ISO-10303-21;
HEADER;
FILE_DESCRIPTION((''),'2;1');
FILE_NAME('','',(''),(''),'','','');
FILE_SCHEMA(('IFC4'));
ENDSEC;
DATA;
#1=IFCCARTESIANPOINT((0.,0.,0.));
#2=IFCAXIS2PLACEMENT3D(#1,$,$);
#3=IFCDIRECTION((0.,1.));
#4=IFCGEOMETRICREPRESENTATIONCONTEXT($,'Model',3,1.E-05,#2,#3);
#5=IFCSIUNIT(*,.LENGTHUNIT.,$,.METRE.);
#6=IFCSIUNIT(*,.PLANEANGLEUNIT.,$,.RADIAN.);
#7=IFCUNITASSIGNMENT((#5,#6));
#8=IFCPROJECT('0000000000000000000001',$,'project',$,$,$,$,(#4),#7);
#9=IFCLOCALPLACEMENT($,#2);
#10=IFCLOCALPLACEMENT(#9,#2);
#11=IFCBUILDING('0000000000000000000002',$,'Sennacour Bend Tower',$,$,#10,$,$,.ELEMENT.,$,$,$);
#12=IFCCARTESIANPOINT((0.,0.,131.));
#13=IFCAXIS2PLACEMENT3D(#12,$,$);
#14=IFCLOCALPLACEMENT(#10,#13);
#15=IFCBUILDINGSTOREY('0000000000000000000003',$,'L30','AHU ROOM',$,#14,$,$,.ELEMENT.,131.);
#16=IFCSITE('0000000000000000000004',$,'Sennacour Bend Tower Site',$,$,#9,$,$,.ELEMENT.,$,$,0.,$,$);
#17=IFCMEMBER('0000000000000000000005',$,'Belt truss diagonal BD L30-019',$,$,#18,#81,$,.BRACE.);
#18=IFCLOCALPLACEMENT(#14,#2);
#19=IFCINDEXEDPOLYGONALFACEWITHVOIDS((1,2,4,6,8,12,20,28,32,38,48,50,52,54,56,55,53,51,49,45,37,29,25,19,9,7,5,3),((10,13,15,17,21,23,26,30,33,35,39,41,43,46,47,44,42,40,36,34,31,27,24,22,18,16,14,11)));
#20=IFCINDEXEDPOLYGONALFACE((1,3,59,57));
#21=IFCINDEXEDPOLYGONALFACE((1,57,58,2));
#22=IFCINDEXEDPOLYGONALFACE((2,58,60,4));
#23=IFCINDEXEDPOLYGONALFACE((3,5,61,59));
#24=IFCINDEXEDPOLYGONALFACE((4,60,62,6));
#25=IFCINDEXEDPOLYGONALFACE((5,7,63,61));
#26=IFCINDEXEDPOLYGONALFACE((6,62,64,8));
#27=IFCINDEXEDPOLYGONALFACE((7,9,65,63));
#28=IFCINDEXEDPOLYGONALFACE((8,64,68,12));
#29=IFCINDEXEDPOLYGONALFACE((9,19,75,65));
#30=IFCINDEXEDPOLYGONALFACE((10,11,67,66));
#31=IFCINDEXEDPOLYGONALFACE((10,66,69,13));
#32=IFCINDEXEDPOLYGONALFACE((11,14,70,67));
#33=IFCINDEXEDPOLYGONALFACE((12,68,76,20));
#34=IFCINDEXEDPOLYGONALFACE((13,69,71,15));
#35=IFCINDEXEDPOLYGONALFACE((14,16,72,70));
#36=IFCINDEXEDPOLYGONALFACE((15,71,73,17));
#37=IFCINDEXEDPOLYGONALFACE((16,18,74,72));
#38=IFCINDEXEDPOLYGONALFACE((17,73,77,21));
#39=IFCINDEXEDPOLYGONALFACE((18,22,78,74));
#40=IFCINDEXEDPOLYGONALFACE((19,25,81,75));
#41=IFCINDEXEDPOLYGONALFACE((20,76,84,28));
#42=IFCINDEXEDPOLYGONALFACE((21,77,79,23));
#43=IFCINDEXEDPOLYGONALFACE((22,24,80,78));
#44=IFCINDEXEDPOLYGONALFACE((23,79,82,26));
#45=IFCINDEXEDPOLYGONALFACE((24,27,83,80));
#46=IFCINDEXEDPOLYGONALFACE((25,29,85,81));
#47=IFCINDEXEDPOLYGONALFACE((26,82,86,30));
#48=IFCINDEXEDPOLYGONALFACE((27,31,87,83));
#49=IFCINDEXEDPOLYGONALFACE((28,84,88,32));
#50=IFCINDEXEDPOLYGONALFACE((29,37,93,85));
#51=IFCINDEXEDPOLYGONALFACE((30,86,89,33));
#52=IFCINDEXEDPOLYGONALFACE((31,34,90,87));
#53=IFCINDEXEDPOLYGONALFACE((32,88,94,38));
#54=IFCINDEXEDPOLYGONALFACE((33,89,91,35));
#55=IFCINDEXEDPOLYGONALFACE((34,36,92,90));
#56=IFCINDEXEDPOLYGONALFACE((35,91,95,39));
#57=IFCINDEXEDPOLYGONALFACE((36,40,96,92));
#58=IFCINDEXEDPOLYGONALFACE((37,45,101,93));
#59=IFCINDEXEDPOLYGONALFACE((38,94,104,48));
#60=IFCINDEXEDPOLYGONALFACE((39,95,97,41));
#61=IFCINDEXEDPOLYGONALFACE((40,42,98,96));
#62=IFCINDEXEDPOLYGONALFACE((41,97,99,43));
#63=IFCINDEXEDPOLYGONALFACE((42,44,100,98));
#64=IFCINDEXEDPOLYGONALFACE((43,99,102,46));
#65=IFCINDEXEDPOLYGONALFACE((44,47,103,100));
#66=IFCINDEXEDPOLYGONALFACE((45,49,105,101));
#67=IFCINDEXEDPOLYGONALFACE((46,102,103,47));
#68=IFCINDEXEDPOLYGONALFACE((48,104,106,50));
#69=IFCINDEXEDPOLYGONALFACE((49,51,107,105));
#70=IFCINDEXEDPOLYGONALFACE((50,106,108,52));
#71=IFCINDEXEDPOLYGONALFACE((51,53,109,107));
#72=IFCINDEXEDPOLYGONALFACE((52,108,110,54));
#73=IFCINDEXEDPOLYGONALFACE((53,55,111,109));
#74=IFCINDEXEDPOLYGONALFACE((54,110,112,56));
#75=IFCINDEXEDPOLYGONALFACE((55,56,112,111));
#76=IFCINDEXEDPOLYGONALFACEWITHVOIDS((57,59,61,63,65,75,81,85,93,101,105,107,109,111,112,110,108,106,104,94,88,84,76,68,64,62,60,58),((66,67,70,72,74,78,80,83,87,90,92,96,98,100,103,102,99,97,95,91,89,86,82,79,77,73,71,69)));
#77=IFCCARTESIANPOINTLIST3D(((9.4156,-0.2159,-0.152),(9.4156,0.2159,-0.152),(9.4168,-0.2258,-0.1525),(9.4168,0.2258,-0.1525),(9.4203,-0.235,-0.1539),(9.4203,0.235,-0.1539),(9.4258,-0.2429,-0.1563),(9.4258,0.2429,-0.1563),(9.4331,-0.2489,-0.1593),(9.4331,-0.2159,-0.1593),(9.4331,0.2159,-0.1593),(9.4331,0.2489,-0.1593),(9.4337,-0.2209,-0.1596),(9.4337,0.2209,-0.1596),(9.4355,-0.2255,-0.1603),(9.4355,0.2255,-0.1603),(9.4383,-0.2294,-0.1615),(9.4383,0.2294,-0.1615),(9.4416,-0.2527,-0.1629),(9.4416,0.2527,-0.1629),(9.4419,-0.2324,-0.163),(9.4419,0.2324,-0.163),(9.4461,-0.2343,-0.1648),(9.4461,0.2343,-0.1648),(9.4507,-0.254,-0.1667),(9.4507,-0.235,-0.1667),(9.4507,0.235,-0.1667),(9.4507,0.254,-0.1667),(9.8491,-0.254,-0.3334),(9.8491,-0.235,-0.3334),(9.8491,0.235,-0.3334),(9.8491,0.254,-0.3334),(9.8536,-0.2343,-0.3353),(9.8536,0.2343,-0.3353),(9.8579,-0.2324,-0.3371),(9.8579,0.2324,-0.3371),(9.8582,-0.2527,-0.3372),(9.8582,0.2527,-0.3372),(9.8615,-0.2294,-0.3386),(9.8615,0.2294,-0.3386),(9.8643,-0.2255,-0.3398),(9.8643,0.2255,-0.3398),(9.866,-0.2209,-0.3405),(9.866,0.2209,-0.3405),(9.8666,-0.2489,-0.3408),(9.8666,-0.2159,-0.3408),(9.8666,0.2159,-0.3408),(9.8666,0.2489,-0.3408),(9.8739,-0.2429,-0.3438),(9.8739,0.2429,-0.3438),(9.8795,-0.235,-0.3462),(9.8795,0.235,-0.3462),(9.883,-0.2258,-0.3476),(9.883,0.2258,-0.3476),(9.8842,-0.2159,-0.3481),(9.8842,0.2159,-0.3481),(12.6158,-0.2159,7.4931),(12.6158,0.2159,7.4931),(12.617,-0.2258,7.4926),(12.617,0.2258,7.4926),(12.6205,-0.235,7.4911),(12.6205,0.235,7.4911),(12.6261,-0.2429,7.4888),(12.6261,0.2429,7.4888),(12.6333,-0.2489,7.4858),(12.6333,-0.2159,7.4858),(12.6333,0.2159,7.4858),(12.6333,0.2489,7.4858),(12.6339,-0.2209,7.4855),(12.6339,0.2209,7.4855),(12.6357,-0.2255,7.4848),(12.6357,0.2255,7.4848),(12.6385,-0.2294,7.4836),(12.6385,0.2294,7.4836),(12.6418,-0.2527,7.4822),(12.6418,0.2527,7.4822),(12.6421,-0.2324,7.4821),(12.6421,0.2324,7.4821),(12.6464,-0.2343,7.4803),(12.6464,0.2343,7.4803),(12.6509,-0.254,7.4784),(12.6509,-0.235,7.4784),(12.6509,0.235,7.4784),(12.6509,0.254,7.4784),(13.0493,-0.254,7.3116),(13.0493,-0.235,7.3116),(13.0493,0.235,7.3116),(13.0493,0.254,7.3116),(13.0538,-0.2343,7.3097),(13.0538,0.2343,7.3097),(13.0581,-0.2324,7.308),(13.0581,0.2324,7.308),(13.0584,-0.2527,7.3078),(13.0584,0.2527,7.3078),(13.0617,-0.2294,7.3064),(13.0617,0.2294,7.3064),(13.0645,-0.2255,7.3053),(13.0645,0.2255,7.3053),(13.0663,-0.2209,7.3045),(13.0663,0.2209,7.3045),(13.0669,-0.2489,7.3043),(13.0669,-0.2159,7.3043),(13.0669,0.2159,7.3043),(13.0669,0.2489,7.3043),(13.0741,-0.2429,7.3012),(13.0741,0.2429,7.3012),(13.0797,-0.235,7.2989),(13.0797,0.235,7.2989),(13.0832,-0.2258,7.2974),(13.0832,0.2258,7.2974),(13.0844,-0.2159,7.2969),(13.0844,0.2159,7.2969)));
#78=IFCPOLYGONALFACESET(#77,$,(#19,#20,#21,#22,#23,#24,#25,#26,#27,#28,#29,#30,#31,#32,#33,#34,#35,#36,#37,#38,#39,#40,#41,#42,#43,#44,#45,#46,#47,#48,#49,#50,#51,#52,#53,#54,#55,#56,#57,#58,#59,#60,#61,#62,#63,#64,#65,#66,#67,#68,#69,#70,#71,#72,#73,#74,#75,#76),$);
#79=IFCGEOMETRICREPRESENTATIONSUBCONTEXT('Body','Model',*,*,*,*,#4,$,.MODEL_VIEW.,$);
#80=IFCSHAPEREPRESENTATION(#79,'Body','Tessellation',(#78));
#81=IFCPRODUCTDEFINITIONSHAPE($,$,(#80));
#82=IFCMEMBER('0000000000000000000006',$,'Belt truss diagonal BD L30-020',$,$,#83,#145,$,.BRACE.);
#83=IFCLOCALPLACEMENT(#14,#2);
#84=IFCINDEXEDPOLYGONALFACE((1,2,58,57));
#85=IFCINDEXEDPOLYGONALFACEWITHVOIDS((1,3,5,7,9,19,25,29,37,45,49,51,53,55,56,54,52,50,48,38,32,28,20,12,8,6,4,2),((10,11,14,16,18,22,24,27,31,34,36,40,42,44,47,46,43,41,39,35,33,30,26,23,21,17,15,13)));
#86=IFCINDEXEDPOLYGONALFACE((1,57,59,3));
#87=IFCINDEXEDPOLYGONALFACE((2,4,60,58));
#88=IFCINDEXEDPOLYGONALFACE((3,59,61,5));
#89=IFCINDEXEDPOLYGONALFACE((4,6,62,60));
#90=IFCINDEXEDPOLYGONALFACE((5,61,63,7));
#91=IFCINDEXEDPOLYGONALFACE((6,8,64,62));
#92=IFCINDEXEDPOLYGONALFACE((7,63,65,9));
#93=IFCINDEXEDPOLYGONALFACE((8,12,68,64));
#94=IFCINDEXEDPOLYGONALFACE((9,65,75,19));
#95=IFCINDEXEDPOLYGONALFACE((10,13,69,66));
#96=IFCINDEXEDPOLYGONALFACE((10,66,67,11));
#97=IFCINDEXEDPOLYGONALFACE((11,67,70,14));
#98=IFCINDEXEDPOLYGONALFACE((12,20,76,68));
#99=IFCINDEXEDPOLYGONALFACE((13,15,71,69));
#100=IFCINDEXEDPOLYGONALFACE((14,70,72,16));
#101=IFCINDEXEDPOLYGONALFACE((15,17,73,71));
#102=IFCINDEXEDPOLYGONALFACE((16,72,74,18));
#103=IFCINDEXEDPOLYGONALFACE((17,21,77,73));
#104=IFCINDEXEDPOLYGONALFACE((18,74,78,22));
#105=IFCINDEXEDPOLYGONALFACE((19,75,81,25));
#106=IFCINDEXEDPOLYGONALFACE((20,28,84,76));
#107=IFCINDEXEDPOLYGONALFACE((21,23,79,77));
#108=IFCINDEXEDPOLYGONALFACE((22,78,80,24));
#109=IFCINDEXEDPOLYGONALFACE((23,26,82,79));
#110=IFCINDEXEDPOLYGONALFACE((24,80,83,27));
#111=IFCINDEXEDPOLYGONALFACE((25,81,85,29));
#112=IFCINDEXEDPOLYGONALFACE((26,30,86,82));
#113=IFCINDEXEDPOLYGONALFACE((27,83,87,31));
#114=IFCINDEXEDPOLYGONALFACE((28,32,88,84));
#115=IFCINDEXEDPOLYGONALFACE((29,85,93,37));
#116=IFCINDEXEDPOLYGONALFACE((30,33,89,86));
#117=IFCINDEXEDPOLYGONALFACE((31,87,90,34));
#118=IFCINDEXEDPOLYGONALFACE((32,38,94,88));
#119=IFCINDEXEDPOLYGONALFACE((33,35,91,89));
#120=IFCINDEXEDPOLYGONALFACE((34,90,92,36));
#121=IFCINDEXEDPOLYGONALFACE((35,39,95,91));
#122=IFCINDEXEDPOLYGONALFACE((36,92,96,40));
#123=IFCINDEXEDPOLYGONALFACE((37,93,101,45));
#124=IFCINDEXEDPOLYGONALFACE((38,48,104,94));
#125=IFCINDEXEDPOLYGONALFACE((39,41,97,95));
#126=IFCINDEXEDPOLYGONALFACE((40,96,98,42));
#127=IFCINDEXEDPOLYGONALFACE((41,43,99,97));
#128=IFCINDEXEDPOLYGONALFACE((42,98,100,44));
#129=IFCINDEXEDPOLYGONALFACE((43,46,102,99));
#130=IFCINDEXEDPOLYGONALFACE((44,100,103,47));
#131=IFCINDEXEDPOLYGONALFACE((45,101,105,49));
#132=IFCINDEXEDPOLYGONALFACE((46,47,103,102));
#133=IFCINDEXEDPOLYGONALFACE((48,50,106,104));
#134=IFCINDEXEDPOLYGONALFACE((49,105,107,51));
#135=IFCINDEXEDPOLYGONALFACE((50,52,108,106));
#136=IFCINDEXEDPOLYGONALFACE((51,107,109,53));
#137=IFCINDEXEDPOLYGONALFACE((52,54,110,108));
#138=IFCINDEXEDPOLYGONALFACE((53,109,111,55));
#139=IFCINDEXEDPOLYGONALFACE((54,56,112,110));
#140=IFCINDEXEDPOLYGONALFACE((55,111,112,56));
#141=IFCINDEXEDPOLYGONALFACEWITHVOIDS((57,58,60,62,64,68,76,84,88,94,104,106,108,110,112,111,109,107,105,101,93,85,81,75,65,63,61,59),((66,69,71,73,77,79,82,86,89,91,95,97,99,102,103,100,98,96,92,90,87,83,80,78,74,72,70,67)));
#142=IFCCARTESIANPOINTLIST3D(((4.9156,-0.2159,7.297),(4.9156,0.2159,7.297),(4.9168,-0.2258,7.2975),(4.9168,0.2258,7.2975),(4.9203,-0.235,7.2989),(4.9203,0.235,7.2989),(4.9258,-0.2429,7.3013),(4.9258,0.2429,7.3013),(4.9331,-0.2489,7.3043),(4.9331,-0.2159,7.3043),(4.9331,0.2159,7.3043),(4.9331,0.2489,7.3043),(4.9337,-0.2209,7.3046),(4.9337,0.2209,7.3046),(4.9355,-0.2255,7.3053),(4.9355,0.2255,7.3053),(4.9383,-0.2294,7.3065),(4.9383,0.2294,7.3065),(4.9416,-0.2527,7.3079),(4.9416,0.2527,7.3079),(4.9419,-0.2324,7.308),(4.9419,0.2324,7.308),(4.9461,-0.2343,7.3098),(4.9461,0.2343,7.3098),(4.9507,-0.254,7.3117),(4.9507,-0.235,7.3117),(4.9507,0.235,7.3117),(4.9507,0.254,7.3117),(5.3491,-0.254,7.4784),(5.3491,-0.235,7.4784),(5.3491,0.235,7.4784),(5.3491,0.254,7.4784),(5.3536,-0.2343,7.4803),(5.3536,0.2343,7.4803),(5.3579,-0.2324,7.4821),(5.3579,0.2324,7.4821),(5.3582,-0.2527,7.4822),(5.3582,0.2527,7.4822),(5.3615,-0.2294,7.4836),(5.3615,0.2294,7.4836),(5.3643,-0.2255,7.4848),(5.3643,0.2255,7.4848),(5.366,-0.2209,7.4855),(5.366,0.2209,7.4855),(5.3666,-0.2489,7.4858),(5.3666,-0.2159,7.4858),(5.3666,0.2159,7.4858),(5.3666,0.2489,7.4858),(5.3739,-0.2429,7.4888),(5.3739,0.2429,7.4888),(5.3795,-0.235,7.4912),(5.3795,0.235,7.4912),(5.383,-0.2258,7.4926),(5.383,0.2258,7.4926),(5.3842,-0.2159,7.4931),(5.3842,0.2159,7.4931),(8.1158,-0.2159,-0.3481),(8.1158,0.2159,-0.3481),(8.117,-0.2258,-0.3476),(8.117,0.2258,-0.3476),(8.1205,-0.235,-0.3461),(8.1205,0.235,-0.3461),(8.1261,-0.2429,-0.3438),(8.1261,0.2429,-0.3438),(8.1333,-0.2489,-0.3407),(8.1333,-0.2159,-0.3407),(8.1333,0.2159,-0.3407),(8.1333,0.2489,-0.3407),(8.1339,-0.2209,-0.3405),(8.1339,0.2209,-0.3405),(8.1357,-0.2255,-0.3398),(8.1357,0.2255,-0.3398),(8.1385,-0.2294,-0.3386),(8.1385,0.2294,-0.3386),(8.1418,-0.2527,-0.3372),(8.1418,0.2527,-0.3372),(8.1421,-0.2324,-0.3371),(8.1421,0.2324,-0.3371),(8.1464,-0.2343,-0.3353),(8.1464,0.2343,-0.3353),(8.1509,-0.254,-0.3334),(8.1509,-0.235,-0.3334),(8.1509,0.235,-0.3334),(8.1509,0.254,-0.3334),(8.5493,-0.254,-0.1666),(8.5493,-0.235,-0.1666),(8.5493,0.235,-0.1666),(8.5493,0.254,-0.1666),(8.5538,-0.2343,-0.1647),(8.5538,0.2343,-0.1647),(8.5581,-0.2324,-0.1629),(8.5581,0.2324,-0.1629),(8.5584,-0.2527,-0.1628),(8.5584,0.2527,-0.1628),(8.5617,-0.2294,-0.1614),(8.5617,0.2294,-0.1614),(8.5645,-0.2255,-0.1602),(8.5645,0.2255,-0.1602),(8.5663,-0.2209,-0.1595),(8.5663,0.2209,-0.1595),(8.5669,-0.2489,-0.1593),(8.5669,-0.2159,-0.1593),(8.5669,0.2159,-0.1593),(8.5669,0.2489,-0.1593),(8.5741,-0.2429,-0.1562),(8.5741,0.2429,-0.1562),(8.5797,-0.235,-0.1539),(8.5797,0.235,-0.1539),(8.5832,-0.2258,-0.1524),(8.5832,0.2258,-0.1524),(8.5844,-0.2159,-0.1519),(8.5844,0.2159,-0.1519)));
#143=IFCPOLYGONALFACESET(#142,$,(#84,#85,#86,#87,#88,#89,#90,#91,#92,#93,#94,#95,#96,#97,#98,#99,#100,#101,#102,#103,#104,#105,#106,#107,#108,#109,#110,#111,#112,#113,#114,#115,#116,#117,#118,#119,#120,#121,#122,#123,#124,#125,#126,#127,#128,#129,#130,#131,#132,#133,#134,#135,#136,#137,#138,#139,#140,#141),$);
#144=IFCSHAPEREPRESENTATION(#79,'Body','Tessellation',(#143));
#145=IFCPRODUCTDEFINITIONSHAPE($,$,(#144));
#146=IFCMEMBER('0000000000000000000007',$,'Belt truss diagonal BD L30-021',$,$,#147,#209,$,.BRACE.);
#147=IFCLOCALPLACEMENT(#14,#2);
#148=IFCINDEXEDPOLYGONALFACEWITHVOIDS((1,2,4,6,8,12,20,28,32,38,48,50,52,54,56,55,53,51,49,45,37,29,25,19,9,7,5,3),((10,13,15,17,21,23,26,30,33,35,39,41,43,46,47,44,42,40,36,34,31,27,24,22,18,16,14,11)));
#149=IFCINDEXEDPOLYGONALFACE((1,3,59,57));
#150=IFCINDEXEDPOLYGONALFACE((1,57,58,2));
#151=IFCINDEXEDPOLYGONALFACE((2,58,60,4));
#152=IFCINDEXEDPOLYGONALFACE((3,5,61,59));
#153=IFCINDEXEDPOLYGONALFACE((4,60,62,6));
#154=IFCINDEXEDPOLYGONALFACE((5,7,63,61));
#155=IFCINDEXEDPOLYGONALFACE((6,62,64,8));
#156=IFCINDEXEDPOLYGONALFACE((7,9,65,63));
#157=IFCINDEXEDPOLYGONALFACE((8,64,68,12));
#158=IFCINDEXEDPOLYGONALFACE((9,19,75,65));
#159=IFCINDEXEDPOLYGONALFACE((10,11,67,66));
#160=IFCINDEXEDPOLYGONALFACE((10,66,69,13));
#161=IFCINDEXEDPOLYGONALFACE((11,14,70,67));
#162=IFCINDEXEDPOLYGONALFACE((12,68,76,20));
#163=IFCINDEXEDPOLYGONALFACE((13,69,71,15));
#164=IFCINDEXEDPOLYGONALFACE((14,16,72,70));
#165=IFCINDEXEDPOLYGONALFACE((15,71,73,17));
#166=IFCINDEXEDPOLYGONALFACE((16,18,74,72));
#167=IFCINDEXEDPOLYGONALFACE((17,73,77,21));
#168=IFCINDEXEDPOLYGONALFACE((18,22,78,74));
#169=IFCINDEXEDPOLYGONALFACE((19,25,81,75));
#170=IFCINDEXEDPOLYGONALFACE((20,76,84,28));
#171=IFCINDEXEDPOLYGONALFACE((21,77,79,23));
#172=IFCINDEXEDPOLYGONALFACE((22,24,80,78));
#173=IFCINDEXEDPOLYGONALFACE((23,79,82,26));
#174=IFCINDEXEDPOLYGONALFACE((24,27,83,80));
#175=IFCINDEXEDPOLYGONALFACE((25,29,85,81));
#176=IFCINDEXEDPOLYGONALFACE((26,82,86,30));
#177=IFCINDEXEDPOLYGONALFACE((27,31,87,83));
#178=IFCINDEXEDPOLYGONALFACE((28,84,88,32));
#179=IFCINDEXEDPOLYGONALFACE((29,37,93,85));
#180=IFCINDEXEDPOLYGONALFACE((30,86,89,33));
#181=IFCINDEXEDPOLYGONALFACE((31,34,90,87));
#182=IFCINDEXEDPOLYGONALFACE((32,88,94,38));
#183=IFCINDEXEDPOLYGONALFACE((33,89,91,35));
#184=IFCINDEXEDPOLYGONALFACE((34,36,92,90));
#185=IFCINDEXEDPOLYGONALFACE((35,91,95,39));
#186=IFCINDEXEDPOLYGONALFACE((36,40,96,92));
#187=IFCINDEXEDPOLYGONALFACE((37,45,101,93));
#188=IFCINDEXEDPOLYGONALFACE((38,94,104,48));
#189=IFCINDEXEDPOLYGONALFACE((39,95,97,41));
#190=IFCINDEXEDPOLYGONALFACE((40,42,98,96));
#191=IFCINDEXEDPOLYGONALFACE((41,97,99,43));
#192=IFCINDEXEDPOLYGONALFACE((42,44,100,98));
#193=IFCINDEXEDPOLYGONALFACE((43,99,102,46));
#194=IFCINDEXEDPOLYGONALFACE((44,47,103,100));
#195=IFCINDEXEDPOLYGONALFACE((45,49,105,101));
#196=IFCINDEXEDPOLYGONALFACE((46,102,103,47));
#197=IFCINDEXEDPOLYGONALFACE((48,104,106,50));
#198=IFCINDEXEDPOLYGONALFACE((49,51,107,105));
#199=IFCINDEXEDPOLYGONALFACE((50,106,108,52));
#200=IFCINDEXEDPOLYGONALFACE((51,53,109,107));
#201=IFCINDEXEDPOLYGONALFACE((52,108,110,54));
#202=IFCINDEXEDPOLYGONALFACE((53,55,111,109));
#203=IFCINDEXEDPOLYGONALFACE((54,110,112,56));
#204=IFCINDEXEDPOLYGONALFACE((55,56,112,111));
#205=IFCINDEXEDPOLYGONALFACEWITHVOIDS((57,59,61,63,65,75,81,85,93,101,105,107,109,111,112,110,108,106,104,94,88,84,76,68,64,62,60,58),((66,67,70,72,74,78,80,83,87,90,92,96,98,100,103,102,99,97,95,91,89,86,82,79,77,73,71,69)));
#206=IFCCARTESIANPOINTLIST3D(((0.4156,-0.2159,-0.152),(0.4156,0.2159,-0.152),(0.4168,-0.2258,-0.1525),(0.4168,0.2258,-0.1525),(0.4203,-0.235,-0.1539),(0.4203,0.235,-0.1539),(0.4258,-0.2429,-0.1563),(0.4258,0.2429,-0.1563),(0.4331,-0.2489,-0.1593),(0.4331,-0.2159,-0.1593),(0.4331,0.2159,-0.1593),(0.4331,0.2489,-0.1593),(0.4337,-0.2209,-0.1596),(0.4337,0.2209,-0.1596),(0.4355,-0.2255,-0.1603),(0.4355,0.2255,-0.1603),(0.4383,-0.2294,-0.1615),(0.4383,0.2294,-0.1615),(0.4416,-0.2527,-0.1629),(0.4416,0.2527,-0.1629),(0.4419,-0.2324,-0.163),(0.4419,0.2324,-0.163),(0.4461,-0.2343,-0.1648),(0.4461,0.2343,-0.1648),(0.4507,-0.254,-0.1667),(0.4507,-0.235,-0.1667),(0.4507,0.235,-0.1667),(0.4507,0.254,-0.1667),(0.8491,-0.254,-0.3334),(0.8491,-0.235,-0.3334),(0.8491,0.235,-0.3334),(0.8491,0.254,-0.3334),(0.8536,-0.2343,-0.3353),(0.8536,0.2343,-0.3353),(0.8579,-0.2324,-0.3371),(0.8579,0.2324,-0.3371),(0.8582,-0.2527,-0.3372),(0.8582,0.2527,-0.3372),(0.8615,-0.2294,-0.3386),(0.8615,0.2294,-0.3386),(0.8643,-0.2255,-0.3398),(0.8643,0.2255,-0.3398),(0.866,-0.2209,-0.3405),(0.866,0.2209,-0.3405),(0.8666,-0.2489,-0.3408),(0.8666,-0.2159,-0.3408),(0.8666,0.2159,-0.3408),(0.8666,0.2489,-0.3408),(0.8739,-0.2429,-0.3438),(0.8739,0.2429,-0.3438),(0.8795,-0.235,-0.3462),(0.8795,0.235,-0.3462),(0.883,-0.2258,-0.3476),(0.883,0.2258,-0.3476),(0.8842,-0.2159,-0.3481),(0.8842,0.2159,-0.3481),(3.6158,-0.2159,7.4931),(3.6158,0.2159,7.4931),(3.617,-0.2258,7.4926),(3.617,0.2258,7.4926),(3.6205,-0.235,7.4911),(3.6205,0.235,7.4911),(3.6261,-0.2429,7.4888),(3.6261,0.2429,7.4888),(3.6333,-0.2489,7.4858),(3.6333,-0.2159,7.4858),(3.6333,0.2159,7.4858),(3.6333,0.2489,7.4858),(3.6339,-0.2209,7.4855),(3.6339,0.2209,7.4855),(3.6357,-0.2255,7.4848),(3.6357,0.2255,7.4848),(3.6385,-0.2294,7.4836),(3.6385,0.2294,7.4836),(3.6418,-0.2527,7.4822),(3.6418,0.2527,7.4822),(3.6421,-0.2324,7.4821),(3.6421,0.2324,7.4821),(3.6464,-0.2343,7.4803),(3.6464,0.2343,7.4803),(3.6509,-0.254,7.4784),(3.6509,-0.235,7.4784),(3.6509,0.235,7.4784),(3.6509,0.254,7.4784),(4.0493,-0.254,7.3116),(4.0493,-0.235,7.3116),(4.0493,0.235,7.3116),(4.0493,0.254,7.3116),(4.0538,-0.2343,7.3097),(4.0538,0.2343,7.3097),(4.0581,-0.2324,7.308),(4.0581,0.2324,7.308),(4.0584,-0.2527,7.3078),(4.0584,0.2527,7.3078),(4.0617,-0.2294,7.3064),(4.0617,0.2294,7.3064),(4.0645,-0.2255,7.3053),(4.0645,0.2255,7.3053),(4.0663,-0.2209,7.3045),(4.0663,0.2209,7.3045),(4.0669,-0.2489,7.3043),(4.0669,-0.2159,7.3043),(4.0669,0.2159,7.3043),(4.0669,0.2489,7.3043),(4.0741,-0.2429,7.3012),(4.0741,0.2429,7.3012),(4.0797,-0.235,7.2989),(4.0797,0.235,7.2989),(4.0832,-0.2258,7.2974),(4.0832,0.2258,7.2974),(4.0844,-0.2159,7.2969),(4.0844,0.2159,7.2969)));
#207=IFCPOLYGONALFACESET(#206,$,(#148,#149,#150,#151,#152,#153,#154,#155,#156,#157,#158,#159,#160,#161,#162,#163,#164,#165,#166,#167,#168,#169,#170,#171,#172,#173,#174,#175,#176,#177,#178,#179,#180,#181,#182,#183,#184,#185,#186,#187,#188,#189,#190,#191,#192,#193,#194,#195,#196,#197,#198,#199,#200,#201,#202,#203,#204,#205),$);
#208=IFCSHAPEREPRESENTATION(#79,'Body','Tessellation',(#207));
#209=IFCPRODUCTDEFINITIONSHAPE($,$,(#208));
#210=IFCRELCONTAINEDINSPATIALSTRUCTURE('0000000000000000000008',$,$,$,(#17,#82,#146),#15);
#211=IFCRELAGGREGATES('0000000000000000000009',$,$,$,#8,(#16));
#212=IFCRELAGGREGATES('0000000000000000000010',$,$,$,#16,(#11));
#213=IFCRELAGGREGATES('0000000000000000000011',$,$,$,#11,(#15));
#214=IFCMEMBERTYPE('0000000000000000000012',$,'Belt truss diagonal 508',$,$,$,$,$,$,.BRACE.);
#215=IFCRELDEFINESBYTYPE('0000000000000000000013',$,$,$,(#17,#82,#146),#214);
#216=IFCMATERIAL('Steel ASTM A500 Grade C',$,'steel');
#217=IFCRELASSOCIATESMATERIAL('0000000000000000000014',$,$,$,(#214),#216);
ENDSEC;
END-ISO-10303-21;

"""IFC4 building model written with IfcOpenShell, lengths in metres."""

from ifc_helpers import new_model, si_unit, direction, frame, origin, origin_2d, place, context, subcontext, project, spatial, hollow_rectangle, extrude, material, material_profile, profile_set, type_object, element, save


model = new_model("IFC4")

# Units and contexts
model_context = context("Model", 3, precision=1e-05, world=origin(), true_north=direction((0.0, 1.0)))
body_context = subcontext(model_context, "Body", "Model", "MODEL_VIEW")
ifc_project = project(units=[si_unit("LENGTHUNIT", "METRE"), si_unit("PLANEANGLEUNIT", "RADIAN")], contexts=[model_context])

# Site, building, storey
site_placement = place(None, origin())
site = spatial("IfcSite", under=ifc_project, at=site_placement, Name="Sennacour Bend Tower Site", CompositionType="ELEMENT", RefElevation=0.0)
building_placement = place(site_placement, origin())
building = spatial("IfcBuilding", under=site, at=building_placement, Name="Sennacour Bend Tower", CompositionType="ELEMENT")
storey_placement = place(building_placement, frame((0.0, 0.0, 131.0)))
storey = spatial("IfcBuildingStorey", under=building, at=storey_placement, Name="L30", Description="AHU ROOM", CompositionType="ELEMENT", Elevation=131.0)

# Members
ifc_material_1 = material(Name="Steel ASTM A500 Grade C", Category="steel")
ifc_material_profile_1 = material_profile(ifc_material_1, hollow_rectangle(XDim=0.5081, YDim=0.5081, WallThickness=0.019, InnerFilletRadius=0.019, OuterFilletRadius=0.0381, at=origin_2d()), Name="Steel ASTM A500 Grade C", Category="steel")
ifc_profile_set_1 = profile_set([ifc_material_profile_1], Name="Steel ASTM A500 Grade C")
member_type_1 = type_object("IfcMemberType", Name="Belt truss diagonal 508", PredefinedType="BRACE", material=ifc_profile_set_1)
for number, where, z_axis, x_axis, name in (
    (1, (12.8501, 0.0, 7.395), (-0.386133, 0.0, -0.922443), (0.0, -1.0, 0.0), "Belt truss diagonal BD L30-019"),
    (2, (8.3501, 0.0, -0.25), (-0.386133, 0.0, 0.922443), (0.0, -1.0, 0.0), "Belt truss diagonal BD L30-020"),
    (3, (3.8501, 0.0, 7.395), (-0.386133, 0.0, -0.922443), (0.0, -1.0, 0.0), "Belt truss diagonal BD L30-021"),
):
    element("IfcMember", number, at=place(storey_placement, frame(where, z_axis=z_axis, x_axis=x_axis)), inside=storey, type_object=member_type_1, Name=name, PredefinedType="BRACE", context=body_context, shape_type="SweptSolid", body=[
        extrude(hollow_rectangle(XDim=0.5081, YDim=0.5081, WallThickness=0.019, InnerFilletRadius=0.019, OuterFilletRadius=0.0381, at=origin_2d()), origin(), (0.0, 0.0, 1.0), 8.2878),
    ])

save(model, "model.ifc")
